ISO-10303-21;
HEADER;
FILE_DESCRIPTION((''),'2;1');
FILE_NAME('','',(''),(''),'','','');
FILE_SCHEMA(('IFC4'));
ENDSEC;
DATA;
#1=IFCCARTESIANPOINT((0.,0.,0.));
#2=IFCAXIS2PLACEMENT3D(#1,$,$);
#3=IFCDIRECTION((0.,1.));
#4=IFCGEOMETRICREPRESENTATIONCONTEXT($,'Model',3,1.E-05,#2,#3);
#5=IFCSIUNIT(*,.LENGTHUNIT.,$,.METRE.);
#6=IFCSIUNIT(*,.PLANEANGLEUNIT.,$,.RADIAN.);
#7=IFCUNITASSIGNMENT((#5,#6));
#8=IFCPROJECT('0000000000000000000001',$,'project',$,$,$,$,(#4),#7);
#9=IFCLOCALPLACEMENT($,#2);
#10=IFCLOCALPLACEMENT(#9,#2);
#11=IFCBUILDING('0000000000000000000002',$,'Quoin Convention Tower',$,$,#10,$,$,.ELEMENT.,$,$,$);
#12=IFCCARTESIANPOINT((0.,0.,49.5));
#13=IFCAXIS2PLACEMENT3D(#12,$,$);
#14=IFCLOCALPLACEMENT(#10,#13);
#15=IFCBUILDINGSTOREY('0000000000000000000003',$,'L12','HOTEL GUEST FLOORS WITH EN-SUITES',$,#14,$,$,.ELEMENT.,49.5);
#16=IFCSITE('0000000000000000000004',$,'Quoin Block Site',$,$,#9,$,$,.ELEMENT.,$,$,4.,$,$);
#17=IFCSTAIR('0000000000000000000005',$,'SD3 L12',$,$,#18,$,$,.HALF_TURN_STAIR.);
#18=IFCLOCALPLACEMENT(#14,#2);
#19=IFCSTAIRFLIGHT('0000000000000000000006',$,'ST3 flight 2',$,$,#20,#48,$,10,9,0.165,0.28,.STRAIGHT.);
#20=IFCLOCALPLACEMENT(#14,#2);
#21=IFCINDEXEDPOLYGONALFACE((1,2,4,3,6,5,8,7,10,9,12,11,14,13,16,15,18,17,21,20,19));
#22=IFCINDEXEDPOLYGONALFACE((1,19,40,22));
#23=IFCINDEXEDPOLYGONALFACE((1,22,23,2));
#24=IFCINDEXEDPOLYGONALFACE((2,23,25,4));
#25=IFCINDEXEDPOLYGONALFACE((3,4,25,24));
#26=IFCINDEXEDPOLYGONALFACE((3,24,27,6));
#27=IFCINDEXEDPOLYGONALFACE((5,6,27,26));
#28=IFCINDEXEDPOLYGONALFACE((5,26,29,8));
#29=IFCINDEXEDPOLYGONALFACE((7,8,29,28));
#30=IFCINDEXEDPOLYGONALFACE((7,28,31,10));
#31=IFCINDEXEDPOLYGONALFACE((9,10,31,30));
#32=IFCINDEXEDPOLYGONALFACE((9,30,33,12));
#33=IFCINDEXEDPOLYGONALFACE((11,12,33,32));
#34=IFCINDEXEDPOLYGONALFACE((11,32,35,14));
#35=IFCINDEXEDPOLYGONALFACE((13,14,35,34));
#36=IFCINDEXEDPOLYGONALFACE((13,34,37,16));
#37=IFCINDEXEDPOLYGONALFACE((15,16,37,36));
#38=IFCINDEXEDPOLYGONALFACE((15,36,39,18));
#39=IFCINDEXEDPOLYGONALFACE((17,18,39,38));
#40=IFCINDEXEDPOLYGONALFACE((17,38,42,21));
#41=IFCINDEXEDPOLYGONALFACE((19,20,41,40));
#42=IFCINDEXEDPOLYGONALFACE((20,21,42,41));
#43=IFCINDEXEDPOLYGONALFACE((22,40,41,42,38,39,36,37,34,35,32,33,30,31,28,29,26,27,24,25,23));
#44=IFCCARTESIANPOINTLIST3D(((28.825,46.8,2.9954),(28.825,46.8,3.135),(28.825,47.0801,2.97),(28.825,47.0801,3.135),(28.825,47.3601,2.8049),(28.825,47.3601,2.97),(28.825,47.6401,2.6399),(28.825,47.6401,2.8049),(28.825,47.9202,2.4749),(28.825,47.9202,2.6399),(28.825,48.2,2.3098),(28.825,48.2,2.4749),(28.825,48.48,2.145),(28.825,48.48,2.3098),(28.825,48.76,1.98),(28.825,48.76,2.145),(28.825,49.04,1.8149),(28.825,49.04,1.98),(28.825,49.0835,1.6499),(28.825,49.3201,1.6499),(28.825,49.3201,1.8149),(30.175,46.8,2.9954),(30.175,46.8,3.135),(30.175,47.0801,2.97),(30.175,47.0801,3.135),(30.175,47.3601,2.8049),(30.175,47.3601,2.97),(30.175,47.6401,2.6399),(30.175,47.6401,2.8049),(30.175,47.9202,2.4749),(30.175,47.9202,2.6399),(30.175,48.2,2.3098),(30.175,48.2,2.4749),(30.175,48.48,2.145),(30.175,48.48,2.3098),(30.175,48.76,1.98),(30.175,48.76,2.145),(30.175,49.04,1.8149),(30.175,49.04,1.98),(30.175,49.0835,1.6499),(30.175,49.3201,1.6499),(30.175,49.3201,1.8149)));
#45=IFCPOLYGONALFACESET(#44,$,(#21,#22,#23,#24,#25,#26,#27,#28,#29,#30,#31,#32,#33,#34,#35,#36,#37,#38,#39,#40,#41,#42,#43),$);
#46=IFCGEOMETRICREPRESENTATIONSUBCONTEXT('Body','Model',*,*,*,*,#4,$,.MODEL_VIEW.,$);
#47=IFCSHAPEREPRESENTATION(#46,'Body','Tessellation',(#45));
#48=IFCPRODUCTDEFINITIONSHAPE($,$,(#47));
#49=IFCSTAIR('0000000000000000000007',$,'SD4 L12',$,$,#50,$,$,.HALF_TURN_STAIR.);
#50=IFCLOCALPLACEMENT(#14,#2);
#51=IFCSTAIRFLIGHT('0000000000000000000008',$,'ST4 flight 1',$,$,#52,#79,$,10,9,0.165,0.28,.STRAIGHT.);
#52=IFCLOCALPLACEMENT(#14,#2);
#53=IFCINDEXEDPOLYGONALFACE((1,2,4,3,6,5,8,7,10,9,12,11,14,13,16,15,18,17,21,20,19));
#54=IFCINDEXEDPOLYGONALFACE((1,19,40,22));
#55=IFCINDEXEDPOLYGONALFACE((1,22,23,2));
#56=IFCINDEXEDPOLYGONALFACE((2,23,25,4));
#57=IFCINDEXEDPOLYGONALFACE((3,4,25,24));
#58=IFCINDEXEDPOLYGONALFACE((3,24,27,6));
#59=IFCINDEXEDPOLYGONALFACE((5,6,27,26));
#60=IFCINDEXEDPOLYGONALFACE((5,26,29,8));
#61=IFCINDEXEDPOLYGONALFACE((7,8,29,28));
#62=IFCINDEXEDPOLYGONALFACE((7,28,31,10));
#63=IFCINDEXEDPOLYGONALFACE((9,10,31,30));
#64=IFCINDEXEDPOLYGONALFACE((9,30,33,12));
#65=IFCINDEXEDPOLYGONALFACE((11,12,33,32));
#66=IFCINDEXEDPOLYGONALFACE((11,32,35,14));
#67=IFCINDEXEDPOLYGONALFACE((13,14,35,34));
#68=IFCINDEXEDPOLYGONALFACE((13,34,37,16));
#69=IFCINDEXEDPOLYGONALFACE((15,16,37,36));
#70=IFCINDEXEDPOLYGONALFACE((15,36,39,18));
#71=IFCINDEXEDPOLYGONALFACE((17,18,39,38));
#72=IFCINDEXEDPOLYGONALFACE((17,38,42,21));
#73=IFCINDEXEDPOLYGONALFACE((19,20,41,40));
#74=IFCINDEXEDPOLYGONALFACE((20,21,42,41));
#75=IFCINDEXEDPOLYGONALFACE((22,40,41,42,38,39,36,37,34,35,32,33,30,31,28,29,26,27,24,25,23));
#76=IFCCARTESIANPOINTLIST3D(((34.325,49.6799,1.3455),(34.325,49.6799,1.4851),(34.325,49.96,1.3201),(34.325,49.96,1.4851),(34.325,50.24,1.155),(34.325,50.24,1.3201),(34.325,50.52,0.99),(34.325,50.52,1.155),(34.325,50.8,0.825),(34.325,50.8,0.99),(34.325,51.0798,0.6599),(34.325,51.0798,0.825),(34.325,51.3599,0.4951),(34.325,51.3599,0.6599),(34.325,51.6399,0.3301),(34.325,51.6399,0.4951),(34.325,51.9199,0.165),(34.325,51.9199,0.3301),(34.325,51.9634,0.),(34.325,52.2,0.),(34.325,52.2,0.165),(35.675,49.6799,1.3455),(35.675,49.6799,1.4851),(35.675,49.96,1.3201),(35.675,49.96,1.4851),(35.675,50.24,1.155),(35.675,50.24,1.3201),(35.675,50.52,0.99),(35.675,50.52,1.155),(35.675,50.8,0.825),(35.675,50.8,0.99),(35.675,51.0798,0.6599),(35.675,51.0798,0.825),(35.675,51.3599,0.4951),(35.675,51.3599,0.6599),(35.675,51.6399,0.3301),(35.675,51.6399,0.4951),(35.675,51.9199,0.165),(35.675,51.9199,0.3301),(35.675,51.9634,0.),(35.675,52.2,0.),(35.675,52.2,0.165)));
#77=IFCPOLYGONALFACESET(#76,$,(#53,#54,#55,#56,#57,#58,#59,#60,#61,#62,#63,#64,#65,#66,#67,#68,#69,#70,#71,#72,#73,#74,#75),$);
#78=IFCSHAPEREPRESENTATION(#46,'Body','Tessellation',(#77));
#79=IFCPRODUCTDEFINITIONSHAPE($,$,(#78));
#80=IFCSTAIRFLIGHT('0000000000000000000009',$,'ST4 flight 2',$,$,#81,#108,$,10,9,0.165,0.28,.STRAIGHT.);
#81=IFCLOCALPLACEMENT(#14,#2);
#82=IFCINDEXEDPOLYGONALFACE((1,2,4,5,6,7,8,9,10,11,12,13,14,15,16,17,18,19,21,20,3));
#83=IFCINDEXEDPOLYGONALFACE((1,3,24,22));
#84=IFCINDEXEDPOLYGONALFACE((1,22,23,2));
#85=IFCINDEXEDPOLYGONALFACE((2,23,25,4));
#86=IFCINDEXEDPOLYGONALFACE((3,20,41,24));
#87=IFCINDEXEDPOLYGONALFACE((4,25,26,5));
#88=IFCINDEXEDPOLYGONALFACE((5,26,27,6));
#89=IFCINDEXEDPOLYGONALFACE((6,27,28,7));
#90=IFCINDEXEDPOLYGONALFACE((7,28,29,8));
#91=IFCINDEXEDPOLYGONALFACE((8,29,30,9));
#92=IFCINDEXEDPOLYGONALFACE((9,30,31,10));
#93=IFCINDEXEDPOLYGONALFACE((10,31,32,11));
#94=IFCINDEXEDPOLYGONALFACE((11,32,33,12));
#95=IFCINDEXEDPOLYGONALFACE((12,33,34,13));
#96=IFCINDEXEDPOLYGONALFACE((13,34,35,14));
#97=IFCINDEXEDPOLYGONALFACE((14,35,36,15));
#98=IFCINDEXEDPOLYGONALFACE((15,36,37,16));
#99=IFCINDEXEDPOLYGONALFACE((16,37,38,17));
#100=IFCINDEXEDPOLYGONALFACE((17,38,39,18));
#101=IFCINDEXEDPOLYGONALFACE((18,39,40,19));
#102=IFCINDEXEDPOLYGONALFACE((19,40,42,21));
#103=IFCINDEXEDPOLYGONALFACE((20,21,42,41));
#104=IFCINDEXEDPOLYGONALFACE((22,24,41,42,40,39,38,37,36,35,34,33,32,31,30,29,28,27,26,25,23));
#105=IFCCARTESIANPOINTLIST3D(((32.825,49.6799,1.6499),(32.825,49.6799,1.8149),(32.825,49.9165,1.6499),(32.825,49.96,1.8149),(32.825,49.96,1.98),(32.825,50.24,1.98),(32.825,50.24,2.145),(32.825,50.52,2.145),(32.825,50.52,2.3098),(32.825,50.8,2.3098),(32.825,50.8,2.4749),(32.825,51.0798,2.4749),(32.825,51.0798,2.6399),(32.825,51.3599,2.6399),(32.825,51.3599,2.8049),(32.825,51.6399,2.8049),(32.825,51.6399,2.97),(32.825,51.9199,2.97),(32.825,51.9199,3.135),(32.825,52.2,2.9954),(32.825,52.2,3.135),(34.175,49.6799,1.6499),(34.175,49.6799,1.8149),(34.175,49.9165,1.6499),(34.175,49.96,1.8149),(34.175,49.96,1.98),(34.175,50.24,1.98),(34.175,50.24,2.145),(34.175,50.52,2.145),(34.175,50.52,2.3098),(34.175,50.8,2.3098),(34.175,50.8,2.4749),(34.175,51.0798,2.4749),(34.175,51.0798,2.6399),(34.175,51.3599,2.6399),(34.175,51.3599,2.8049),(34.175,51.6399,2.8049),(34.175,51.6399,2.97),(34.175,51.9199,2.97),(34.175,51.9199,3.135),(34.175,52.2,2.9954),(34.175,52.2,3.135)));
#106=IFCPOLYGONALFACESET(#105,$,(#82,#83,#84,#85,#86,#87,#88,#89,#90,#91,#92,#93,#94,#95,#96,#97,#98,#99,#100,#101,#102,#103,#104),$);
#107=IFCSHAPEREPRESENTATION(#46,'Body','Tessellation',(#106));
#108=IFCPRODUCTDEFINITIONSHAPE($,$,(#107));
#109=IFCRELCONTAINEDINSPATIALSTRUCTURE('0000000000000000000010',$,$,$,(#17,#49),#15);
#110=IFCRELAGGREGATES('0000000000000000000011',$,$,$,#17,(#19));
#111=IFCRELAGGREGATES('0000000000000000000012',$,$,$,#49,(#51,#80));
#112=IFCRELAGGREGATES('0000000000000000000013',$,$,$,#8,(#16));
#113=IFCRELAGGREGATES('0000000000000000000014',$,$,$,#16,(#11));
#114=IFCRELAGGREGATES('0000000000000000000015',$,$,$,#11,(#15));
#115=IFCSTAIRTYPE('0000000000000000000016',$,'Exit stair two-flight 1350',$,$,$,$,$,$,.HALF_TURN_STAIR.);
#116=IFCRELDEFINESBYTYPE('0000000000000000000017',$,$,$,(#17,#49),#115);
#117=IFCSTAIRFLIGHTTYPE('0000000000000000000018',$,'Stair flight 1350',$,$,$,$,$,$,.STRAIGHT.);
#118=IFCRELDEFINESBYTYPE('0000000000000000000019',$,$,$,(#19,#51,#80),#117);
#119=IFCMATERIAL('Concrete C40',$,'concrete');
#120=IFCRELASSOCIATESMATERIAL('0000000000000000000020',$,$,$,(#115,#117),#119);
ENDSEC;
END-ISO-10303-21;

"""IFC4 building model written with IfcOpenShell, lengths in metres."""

from ifc_helpers import new_model, si_unit, direction, frame, origin, place, context, subcontext, project, spatial, polyline, outline, extrude, material, type_object, element, aggregate, save


model = new_model("IFC4")

# Units and contexts
model_context = context("Model", 3, precision=1e-05, world=origin(), true_north=direction((0.0, 1.0)))
body_context = subcontext(model_context, "Body", "Model", "MODEL_VIEW")
ifc_project = project(units=[si_unit("LENGTHUNIT", "METRE"), si_unit("PLANEANGLEUNIT", "RADIAN")], contexts=[model_context])

# Site, building, storey
site_placement = place(None, origin())
site = spatial("IfcSite", under=ifc_project, at=site_placement, Name="Quoin Block Site", CompositionType="ELEMENT", RefElevation=4.0)
building_placement = place(site_placement, origin())
building = spatial("IfcBuilding", under=site, at=building_placement, Name="Quoin Convention Tower", CompositionType="ELEMENT")
storey_placement = place(building_placement, frame((0.0, 0.0, 49.5)))
storey = spatial("IfcBuildingStorey", under=building, at=storey_placement, Name="L12", Description="HOTEL GUEST FLOORS WITH EN-SUITES", CompositionType="ELEMENT", Elevation=49.5)

# Stairs, stair flights
ifc_material_1 = material(Name="Concrete C40", Category="concrete")
stair_type = type_object("IfcStairType", Name="Exit stair two-flight 1350", PredefinedType="HALF_TURN_STAIR", material=ifc_material_1)
stair_1_placement = place(storey_placement, origin())
stair_1 = element("IfcStair", 1, at=stair_1_placement, inside=storey, type_object=stair_type, Name="SD3 L12", PredefinedType="HALF_TURN_STAIR")
stair_flight_type = type_object("IfcStairFlightType", Name="Stair flight 1350", PredefinedType="STRAIGHT", material=ifc_material_1)
stair_flight_1_placement = place(storey_placement, frame((29.5, 49.3201, 1.6499), z_axis=(0.0, 0.0, 1.0), x_axis=(0.0, -1.0, 0.0)))
stair_flight_1 = element("IfcStairFlight", 2, at=stair_flight_1_placement, type_object=stair_flight_type, Name="ST3 flight 2", NumberOfRisers=10, NumberOfTreads=9, PredefinedType="STRAIGHT", RiserHeight=0.165, TreadLength=0.28, context=body_context, shape_type="SweptSolid", body=[
    extrude(outline(polyline([(0.0, 0.0), (0.0, 0.165), (0.28, 0.165), (0.28, 0.3301), (0.5601, 0.3301), (0.5601, 0.4951), (0.8401, 0.4951), (0.8401, 0.6599), (1.1201, 0.6599), (1.1201, 0.825), (1.3999, 0.825), (1.3999, 0.99), (1.6799, 0.99), (1.6799, 1.155), (1.96, 1.155), (1.96, 1.3201), (2.24, 1.3201), (2.24, 1.4851), (2.52, 1.4851), (2.52, 1.6499), (2.52, 1.3455), (0.2366, 0.0), (0.0, 0.0)])), frame((0.0, 0.675, 0.0), z_axis=(0.0, -1.0, 0.0), x_axis=(1.0, 0.0, 0.0)), (0.0, 0.0, 1.0), 1.3501),
])
aggregate(stair_1, [stair_flight_1])
stair_2_placement = place(storey_placement, origin())
stair_2 = element("IfcStair", 3, at=stair_2_placement, inside=storey, type_object=stair_type, Name="SD4 L12", PredefinedType="HALF_TURN_STAIR")
stair_flight_2_placement = place(storey_placement, frame((35.0, 52.2, 0.0), z_axis=(0.0, 0.0, 1.0), x_axis=(0.0, -1.0, 0.0)))
stair_flight_2 = element("IfcStairFlight", 4, at=stair_flight_2_placement, type_object=stair_flight_type, Name="ST4 flight 1", NumberOfRisers=10, NumberOfTreads=9, PredefinedType="STRAIGHT", RiserHeight=0.165, TreadLength=0.28, context=body_context, shape_type="SweptSolid", body=[
    extrude(outline(polyline([(0.0, 0.0), (0.0, 0.165), (0.28, 0.165), (0.28, 0.3301), (0.5601, 0.3301), (0.5601, 0.4951), (0.8401, 0.4951), (0.8401, 0.6599), (1.1201, 0.6599), (1.1201, 0.825), (1.3999, 0.825), (1.3999, 0.99), (1.6799, 0.99), (1.6799, 1.155), (1.96, 1.155), (1.96, 1.3201), (2.24, 1.3201), (2.24, 1.4851), (2.52, 1.4851), (2.52, 1.6499), (2.52, 1.3455), (0.2366, 0.0), (0.0, 0.0)])), frame((0.0, 0.675, 0.0), z_axis=(0.0, -1.0, 0.0), x_axis=(1.0, 0.0, 0.0)), (0.0, 0.0, 1.0), 1.3501),
])
stair_flight_3_placement = place(storey_placement, frame((33.5, 49.6799, 1.6499), z_axis=(0.0, 0.0, 1.0), x_axis=(0.0, 1.0, 0.0)))
stair_flight_3 = element("IfcStairFlight", 5, at=stair_flight_3_placement, type_object=stair_flight_type, Name="ST4 flight 2", NumberOfRisers=10, NumberOfTreads=9, PredefinedType="STRAIGHT", RiserHeight=0.165, TreadLength=0.28, context=body_context, shape_type="SweptSolid", body=[
    extrude(outline(polyline([(0.0, 0.0), (0.0, 0.165), (0.28, 0.165), (0.28, 0.3301), (0.5601, 0.3301), (0.5601, 0.4951), (0.8401, 0.4951), (0.8401, 0.6599), (1.1201, 0.6599), (1.1201, 0.825), (1.3999, 0.825), (1.3999, 0.99), (1.6799, 0.99), (1.6799, 1.155), (1.96, 1.155), (1.96, 1.3201), (2.24, 1.3201), (2.24, 1.4851), (2.52, 1.4851), (2.52, 1.6499), (2.52, 1.3455), (0.2366, 0.0), (0.0, 0.0)])), frame((0.0, 0.675, 0.0), z_axis=(0.0, -1.0, 0.0), x_axis=(1.0, 0.0, 0.0)), (0.0, 0.0, 1.0), 1.3501),
])
aggregate(stair_2, [stair_flight_2, stair_flight_3])

save(model, "model.ifc")
